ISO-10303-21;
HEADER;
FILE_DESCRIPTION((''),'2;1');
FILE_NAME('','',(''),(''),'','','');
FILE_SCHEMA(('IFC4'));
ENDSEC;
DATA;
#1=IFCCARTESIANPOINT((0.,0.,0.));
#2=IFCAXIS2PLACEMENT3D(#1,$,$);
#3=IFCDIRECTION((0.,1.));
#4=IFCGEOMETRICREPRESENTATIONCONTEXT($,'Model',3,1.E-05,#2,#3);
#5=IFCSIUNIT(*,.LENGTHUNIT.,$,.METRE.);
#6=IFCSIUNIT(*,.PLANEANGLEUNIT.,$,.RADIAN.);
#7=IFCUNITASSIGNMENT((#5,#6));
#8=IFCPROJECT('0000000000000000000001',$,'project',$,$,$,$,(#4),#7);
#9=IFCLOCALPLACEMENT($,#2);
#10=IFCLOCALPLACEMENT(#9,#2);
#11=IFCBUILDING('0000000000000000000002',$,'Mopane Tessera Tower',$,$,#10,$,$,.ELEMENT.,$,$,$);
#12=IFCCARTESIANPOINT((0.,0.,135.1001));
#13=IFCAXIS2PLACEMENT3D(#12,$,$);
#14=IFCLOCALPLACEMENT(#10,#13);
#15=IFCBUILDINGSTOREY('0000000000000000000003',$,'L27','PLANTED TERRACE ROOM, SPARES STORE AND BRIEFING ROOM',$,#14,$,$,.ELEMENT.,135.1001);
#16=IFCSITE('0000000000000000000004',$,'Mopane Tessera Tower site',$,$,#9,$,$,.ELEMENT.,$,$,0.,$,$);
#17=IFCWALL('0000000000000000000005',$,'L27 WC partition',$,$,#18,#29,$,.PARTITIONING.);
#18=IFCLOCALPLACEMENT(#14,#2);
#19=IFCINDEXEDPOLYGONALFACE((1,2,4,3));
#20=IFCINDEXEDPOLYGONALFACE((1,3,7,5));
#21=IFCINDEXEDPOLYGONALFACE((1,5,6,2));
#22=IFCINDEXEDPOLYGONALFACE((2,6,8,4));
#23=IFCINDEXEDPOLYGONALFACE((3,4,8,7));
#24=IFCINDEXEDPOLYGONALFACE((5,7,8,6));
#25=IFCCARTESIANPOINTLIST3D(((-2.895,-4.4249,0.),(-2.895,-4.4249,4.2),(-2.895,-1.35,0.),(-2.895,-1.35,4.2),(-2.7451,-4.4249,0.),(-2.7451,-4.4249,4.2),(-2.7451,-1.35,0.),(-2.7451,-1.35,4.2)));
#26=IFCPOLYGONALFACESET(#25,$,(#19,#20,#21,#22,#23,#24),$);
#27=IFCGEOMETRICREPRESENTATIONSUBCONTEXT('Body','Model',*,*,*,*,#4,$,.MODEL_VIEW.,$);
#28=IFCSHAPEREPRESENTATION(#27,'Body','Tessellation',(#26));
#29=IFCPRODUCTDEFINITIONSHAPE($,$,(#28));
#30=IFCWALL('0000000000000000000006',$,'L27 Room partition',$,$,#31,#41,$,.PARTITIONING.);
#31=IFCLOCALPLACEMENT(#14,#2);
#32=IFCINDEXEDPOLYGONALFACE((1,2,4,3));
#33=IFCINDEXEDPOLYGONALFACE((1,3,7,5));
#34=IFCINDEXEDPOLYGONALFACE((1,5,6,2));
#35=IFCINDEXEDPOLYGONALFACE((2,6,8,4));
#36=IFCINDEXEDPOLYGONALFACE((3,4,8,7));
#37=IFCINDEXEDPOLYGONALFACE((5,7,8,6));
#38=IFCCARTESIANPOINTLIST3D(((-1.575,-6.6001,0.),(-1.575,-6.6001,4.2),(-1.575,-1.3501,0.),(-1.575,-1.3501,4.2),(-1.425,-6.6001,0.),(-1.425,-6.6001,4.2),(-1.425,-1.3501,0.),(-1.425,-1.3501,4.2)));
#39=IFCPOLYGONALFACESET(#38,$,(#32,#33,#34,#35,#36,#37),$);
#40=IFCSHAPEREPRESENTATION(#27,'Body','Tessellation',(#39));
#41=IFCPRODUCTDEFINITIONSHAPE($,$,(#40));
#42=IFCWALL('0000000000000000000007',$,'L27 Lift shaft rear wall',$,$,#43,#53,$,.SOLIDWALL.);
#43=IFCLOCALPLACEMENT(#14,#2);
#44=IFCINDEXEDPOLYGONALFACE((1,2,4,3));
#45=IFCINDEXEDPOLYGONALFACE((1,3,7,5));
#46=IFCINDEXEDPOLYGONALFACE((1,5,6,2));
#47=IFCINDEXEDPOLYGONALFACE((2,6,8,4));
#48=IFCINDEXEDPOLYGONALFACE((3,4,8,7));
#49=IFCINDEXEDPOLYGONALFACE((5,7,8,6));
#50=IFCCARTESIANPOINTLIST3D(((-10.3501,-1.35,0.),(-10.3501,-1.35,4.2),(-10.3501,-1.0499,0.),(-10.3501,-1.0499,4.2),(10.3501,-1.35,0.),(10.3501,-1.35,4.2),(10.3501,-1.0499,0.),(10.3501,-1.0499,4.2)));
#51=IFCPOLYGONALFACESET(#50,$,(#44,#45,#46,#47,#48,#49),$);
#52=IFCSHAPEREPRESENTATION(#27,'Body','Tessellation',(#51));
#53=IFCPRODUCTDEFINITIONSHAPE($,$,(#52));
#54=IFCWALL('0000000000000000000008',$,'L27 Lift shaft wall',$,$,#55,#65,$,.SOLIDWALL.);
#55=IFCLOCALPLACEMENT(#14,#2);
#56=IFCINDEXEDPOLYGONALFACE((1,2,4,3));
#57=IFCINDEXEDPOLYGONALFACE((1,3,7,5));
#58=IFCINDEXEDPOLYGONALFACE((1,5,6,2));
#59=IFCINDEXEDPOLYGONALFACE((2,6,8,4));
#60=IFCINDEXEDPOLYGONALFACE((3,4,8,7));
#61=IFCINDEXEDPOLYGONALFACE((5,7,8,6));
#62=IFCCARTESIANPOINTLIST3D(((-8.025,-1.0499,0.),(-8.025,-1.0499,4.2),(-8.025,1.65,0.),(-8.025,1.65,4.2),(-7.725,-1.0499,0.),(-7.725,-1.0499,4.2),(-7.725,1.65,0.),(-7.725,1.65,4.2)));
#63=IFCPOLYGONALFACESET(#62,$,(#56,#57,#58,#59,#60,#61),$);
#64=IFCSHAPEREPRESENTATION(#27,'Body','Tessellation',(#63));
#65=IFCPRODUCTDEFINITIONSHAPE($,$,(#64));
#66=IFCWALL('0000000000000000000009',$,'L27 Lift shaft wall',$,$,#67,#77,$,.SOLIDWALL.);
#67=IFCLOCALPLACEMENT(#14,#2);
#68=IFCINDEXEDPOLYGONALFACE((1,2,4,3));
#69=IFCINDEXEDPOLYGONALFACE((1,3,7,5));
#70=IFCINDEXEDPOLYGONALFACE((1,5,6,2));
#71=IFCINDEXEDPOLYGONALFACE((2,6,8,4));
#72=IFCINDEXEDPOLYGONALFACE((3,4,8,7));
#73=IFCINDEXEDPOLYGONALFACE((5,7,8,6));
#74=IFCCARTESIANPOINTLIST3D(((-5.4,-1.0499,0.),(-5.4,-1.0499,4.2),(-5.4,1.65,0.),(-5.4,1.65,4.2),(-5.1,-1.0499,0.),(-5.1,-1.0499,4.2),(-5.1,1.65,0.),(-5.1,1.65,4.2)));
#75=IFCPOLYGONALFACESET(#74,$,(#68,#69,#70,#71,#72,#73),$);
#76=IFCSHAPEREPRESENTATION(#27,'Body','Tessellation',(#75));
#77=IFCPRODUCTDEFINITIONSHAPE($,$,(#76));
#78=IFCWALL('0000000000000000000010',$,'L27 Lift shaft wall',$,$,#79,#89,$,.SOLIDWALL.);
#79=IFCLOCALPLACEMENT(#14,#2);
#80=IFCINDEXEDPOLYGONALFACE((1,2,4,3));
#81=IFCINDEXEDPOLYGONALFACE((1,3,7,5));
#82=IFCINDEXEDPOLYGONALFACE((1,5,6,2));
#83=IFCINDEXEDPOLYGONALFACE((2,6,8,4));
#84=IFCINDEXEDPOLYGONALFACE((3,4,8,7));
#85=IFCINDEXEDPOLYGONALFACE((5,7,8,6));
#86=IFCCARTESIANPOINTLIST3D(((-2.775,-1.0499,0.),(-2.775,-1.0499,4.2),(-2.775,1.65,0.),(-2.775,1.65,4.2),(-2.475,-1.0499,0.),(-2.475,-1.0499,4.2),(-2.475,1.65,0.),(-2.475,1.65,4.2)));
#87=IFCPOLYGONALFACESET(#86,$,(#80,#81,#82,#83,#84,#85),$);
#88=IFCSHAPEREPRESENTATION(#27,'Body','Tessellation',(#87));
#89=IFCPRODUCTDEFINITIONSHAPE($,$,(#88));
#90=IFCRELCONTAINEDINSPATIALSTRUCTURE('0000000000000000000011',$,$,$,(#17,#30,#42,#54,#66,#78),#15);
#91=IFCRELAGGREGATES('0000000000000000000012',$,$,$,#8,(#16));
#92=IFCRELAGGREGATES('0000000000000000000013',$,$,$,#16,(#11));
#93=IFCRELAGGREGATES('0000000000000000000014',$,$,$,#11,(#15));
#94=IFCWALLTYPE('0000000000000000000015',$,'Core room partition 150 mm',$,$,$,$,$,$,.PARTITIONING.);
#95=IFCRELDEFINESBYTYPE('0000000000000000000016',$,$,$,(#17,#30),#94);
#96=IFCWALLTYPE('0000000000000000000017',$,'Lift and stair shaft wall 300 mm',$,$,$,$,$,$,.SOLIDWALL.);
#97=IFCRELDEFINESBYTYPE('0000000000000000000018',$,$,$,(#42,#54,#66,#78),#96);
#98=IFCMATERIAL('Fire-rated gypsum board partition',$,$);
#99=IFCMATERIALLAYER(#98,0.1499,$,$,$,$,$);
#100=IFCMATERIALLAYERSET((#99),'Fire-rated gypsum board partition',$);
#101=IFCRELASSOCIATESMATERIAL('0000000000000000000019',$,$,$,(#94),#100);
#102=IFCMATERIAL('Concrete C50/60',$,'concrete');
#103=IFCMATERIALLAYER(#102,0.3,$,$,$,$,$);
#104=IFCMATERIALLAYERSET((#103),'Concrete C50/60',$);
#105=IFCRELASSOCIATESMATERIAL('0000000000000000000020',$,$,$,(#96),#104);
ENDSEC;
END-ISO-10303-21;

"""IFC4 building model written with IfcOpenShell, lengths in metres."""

from ifc_helpers import new_model, si_unit, direction, frame, frame_2d, origin, place, context, subcontext, project, spatial, rectangle, extrude, material, layer, layer_set, type_object, element, save


model = new_model("IFC4")

# Units and contexts
model_context = context("Model", 3, precision=1e-05, world=origin(), true_north=direction((0.0, 1.0)))
body_context = subcontext(model_context, "Body", "Model", "MODEL_VIEW")
ifc_project = project(units=[si_unit("LENGTHUNIT", "METRE"), si_unit("PLANEANGLEUNIT", "RADIAN")], contexts=[model_context])

# Site, building, storey
site_placement = place(None, origin())
site = spatial("IfcSite", under=ifc_project, at=site_placement, Name="Mopane Tessera Tower site", CompositionType="ELEMENT", RefElevation=0.0)
building_placement = place(site_placement, origin())
building = spatial("IfcBuilding", under=site, at=building_placement, Name="Mopane Tessera Tower", CompositionType="ELEMENT")
storey_placement = place(building_placement, frame((0.0, 0.0, 135.1001)))
storey = spatial("IfcBuildingStorey", under=building, at=storey_placement, Name="L27", Description="PLANTED TERRACE ROOM, SPARES STORE AND BRIEFING ROOM", CompositionType="ELEMENT", Elevation=135.1001)

# Shared definitions
ifc_material_1 = material(Name="Fire-rated gypsum board partition")
ifc_layer_1 = layer(ifc_material_1, 0.1499)
ifc_layer_set_1 = layer_set([ifc_layer_1], Name="Fire-rated gypsum board partition")
wall_type_1 = type_object("IfcWallType", Name="Core room partition 150 mm", PredefinedType="PARTITIONING", material=ifc_layer_set_1)

# Walls
for number, where, z_axis, x_axis, name in (
    (1, (-2.8201, -4.425, 0.0), (0.0, 0.0, 1.0), (0.0, 1.0, 0.0), "L27 WC partition"),
):
    element("IfcWall", number, at=place(storey_placement, frame(where, z_axis=z_axis, x_axis=x_axis)), inside=storey, type_object=wall_type_1, Name=name, PredefinedType="PARTITIONING", context=body_context, shape_type="SweptSolid", body=[
        extrude(rectangle(XDim=3.075, YDim=0.1499, at=frame_2d((1.5376, 0.0))), origin(), (0.0, 0.0, 1.0), 4.2),
    ])
wall_1_placement = place(storey_placement, frame((-1.5, -6.6001, 0.0), z_axis=(0.0, 0.0, 1.0), x_axis=(0.0, 1.0, 0.0)))
element("IfcWall", 2, at=wall_1_placement, inside=storey, type_object=wall_type_1, Name="L27 Room partition", PredefinedType="PARTITIONING", context=body_context, shape_type="SweptSolid", body=[
    extrude(rectangle(XDim=5.25, YDim=0.1499, at=frame_2d((2.625, 0.0))), origin(), (0.0, 0.0, 1.0), 4.2),
])
ifc_material_2 = material(Name="Concrete C50/60", Category="concrete")
ifc_layer_2 = layer(ifc_material_2, 0.3)
ifc_layer_set_2 = layer_set([ifc_layer_2], Name="Concrete C50/60")
wall_type_2 = type_object("IfcWallType", Name="Lift and stair shaft wall 300 mm", PredefinedType="SOLIDWALL", material=ifc_layer_set_2)
wall_2_placement = place(storey_placement, frame((-10.3501, -1.2, 0.0), z_axis=(0.0, 0.0, 1.0), x_axis=(1.0, 0.0, 0.0)))
element("IfcWall", 3, at=wall_2_placement, inside=storey, type_object=wall_type_2, Name="L27 Lift shaft rear wall", PredefinedType="SOLIDWALL", context=body_context, shape_type="SweptSolid", body=[
    extrude(rectangle(XDim=20.7002, YDim=0.3, at=frame_2d((10.3501, 0.0))), origin(), (0.0, 0.0, 1.0), 4.2),
])
for number, where, z_axis, x_axis, name in (
    (4, (-7.875, -1.05, 0.0), (0.0, 0.0, 1.0), (0.0, 1.0, 0.0), "L27 Lift shaft wall"),
    (5, (-5.25, -1.05, 0.0), (0.0, 0.0, 1.0), (0.0, 1.0, 0.0), "L27 Lift shaft wall"),
    (6, (-2.625, -1.05, 0.0), (0.0, 0.0, 1.0), (0.0, 1.0, 0.0), "L27 Lift shaft wall"),
):
    element("IfcWall", number, at=place(storey_placement, frame(where, z_axis=z_axis, x_axis=x_axis)), inside=storey, type_object=wall_type_2, Name=name, PredefinedType="SOLIDWALL", context=body_context, shape_type="SweptSolid", body=[
        extrude(rectangle(XDim=2.7, YDim=0.3, at=frame_2d((1.3501, 0.0))), origin(), (0.0, 0.0, 1.0), 4.2),
    ])

save(model, "model.ifc")
